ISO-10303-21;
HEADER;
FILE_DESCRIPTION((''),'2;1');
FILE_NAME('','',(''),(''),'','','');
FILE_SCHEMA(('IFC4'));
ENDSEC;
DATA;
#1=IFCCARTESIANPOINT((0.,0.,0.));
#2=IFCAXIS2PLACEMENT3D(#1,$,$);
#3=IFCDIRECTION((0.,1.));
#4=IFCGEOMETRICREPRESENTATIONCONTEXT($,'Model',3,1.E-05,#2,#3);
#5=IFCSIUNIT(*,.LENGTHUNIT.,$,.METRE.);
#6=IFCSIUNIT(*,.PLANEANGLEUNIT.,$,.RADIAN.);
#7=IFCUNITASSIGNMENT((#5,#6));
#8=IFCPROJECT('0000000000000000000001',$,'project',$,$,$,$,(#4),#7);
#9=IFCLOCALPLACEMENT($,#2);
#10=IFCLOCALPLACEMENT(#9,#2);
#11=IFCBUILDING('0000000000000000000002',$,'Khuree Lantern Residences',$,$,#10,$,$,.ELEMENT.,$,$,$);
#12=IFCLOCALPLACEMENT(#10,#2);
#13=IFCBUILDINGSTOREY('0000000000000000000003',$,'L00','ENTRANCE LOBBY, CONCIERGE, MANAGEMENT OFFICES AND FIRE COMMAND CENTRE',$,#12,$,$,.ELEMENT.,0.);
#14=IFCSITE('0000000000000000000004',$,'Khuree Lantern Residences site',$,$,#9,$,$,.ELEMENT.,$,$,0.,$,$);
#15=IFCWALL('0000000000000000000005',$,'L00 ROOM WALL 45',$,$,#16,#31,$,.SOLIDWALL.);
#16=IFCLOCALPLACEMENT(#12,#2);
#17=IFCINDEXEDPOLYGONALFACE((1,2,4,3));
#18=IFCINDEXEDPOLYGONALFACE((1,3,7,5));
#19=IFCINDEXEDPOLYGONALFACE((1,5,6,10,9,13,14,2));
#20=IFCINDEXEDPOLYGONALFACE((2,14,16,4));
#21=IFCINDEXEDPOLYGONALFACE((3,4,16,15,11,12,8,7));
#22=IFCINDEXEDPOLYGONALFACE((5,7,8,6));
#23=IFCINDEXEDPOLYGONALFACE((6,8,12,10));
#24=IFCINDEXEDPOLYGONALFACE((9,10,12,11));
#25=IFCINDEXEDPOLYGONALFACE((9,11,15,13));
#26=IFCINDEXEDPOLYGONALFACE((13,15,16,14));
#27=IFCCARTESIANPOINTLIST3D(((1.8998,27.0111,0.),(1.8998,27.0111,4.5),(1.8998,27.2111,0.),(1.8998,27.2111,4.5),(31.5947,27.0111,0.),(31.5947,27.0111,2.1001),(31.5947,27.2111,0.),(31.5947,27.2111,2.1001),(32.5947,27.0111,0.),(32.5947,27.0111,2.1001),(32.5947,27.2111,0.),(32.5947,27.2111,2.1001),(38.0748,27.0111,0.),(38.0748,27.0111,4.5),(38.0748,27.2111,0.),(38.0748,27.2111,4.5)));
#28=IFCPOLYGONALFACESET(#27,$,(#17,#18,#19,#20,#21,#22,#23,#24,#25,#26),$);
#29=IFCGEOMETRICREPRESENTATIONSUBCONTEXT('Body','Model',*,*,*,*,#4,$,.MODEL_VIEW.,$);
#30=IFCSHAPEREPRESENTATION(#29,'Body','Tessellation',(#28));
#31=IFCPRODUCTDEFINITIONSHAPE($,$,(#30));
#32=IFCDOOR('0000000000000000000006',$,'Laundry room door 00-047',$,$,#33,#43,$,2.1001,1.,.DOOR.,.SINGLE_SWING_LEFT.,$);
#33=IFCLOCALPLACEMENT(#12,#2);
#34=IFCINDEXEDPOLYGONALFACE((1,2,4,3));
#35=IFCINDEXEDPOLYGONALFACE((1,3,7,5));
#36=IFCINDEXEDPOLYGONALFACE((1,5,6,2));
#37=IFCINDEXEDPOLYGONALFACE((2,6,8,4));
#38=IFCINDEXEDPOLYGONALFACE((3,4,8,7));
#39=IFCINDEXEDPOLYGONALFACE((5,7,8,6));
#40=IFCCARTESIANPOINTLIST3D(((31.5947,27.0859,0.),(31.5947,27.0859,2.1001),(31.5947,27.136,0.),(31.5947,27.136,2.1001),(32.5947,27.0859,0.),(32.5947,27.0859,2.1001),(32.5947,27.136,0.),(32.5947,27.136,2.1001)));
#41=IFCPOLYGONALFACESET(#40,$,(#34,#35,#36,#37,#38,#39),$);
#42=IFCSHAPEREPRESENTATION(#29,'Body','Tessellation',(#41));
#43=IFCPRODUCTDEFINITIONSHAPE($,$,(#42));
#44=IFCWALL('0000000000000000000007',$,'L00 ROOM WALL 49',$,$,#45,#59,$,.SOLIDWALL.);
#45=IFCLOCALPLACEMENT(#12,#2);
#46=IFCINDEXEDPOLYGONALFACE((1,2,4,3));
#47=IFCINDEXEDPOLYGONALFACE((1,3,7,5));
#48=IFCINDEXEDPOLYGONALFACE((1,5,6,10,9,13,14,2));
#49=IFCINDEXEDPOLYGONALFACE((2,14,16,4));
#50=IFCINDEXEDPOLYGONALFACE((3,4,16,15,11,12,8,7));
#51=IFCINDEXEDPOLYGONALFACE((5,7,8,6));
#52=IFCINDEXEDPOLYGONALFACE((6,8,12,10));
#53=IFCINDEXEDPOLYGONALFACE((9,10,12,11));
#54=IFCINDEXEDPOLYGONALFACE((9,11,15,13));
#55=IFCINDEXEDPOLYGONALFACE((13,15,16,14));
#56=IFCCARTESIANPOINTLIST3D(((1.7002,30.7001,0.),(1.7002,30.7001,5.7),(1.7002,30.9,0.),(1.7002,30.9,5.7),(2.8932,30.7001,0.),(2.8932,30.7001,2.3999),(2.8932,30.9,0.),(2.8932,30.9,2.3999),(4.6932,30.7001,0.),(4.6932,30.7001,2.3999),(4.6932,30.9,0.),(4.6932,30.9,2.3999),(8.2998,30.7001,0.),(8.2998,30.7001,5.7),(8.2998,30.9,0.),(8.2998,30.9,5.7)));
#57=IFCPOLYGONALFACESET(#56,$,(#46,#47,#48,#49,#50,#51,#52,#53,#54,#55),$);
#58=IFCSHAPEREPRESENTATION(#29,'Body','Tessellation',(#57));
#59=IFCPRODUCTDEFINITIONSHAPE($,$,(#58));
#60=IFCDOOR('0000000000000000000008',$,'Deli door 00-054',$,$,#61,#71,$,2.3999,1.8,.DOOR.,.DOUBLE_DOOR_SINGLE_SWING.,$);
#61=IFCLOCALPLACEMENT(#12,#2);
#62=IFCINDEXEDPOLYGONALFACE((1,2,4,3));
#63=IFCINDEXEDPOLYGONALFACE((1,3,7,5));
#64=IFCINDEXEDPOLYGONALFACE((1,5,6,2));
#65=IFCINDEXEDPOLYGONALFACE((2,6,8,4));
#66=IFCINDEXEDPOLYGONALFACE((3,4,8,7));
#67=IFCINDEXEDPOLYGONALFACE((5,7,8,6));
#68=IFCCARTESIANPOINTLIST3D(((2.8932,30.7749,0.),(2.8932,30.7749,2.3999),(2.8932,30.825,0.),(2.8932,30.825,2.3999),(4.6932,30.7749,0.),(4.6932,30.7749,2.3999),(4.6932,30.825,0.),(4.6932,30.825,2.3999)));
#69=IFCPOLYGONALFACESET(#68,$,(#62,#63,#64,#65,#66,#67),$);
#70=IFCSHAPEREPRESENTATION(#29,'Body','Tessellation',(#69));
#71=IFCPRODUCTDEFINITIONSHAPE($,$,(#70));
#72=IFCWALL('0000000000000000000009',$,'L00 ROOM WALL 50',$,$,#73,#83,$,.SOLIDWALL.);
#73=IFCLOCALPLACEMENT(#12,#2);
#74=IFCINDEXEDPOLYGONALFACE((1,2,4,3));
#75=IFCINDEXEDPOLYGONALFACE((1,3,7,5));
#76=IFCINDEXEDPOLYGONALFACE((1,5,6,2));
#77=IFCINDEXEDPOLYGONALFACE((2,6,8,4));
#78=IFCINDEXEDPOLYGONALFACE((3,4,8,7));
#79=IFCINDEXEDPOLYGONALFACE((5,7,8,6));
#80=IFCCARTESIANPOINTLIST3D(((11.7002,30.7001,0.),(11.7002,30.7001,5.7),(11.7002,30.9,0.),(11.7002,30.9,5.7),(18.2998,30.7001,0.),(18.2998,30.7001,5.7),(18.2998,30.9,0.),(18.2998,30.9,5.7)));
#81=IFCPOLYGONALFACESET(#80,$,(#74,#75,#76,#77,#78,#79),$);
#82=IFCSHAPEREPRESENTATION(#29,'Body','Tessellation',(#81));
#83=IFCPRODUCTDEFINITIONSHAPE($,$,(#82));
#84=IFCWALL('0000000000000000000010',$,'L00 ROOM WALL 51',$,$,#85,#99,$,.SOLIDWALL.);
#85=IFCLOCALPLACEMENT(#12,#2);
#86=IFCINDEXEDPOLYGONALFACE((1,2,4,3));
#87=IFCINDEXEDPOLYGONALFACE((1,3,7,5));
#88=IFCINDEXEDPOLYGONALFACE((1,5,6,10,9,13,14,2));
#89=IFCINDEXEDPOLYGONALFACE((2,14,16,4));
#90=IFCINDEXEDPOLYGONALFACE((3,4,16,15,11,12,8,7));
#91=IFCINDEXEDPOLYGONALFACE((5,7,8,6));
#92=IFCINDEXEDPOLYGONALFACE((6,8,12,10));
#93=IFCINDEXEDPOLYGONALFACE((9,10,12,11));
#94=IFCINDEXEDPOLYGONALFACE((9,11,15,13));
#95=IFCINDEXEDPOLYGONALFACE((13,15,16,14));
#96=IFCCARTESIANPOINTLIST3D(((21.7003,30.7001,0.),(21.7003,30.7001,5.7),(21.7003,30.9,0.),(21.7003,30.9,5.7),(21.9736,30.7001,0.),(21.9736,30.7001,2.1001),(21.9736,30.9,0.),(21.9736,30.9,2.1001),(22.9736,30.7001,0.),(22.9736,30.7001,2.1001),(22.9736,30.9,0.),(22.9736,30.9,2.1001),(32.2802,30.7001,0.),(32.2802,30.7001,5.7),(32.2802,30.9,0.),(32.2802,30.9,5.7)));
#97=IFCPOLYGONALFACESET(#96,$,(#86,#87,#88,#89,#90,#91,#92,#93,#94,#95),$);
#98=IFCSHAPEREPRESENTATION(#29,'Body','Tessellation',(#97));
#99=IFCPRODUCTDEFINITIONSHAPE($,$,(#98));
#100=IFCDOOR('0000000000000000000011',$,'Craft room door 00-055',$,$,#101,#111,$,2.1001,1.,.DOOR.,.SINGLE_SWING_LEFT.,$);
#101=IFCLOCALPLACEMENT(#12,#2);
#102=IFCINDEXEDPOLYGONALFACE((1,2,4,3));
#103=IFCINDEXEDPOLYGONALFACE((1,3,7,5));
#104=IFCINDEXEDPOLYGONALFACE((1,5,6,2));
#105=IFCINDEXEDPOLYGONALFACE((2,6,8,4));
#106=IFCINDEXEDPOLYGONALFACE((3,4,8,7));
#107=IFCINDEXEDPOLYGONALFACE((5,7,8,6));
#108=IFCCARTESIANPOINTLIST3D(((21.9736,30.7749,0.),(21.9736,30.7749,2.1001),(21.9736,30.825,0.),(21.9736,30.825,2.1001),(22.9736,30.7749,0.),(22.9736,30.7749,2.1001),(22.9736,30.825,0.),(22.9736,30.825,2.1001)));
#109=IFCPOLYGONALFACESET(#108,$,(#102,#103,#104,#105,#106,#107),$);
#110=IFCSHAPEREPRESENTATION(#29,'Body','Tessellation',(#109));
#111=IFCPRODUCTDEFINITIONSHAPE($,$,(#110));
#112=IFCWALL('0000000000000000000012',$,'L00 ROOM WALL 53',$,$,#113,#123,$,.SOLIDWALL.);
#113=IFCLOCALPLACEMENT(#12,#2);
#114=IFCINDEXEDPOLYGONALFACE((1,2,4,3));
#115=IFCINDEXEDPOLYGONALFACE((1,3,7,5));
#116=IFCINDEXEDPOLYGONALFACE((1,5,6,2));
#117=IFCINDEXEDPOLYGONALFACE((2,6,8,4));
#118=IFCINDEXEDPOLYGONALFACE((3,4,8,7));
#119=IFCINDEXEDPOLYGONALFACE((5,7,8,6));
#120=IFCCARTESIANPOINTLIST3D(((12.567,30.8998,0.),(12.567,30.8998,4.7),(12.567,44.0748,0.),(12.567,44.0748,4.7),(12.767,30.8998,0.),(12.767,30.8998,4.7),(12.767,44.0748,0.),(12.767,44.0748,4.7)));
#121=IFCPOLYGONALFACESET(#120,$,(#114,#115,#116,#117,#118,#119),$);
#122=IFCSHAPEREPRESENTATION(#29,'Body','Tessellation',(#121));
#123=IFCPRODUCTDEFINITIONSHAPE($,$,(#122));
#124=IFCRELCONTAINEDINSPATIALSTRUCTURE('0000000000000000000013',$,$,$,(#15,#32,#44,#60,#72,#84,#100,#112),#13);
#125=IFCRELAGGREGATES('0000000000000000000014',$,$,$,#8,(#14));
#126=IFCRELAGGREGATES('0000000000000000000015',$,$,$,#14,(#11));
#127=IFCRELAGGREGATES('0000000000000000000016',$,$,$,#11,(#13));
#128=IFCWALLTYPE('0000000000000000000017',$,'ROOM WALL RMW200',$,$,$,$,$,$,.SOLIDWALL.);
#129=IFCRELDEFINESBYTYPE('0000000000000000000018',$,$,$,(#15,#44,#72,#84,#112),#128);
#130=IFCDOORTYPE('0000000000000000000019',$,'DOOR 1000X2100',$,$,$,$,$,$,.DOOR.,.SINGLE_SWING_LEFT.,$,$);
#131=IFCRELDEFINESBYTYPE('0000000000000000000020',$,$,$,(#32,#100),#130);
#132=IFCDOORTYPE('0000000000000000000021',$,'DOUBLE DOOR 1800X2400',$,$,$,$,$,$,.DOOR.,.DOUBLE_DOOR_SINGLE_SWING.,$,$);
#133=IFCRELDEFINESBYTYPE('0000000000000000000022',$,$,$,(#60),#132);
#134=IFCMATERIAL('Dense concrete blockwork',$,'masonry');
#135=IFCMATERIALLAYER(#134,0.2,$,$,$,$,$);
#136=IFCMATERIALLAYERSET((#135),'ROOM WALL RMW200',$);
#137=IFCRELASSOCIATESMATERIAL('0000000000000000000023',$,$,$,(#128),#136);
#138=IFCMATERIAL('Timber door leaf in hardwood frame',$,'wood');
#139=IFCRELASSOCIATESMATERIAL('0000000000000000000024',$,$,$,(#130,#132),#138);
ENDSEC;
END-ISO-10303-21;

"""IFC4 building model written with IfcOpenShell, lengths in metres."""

from ifc_helpers import new_model, si_unit, direction, frame, frame_2d, origin, place, context, subcontext, project, spatial, rectangle, extrude, material, layer, layer_set, type_object, element, fill, save


model = new_model("IFC4")

# Units and contexts
model_context = context("Model", 3, precision=1e-05, world=origin(), true_north=direction((0.0, 1.0)))
body_context = subcontext(model_context, "Body", "Model", "MODEL_VIEW")
ifc_project = project(units=[si_unit("LENGTHUNIT", "METRE"), si_unit("PLANEANGLEUNIT", "RADIAN")], contexts=[model_context])

# Site, building, storey
site_placement = place(None, origin())
site = spatial("IfcSite", under=ifc_project, at=site_placement, Name="Khuree Lantern Residences site", CompositionType="ELEMENT", RefElevation=0.0)
building_placement = place(site_placement, origin())
building = spatial("IfcBuilding", under=site, at=building_placement, Name="Khuree Lantern Residences", CompositionType="ELEMENT")
storey_placement = place(building_placement, origin())
storey = spatial("IfcBuildingStorey", under=building, at=storey_placement, Name="L00", Description="ENTRANCE LOBBY, CONCIERGE, MANAGEMENT OFFICES AND FIRE COMMAND CENTRE", CompositionType="ELEMENT", Elevation=0.0)

# Walls, openings, doors
ifc_material_1 = material(Name="Dense concrete blockwork", Category="masonry")
ifc_layer = layer(ifc_material_1, 0.2)
ifc_layer_set = layer_set([ifc_layer], Name="ROOM WALL RMW200")
wall_type = type_object("IfcWallType", Name="ROOM WALL RMW200", PredefinedType="SOLIDWALL", material=ifc_layer_set)
wall_1_placement = place(storey_placement, frame((1.8999, 27.1111, 0.0), z_axis=(0.0, 0.0, 1.0), x_axis=(1.0, 0.0, 0.0)))
wall_1 = element("IfcWall", 1, at=wall_1_placement, inside=storey, type_object=wall_type, Name="L00 ROOM WALL 45", PredefinedType="SOLIDWALL", context=body_context, shape_type="SweptSolid", body=[
    extrude(rectangle(XDim=36.175, YDim=0.2, at=frame_2d((18.0874, 0.0))), origin(), (0.0, 0.0, 1.0), 4.5),
])
opening_1_placement = place(wall_1_placement, frame((29.6948, 0.0, 0.0)))
opening_1 = element("IfcOpeningElement", 2, at=opening_1_placement, cuts=wall_1, PredefinedType="OPENING", context=body_context, shape_type="SweptSolid", body=[
    extrude(rectangle(XDim=1.0, YDim=2.1001, at=frame_2d((0.5, 1.05))), frame((0.0, 0.1099, 0.0), z_axis=(0.0, -1.0, 0.0), x_axis=(1.0, 0.0, 0.0)), (0.0, 0.0, 1.0), 0.22),
])
ifc_material_2 = material(Name="Timber door leaf in hardwood frame", Category="wood")
door_type_1 = type_object("IfcDoorType", Name="DOOR 1000X2100", OperationType="SINGLE_SWING_LEFT", PredefinedType="DOOR", material=ifc_material_2)
door_1_placement = place(opening_1_placement, origin())
door_1 = element("IfcDoor", 3, at=door_1_placement, inside=storey, type_object=door_type_1, Name="Laundry room door 00-047", OperationType="SINGLE_SWING_LEFT", OverallHeight=2.1001, OverallWidth=1.0, PredefinedType="DOOR", context=body_context, shape_type="SweptSolid", body=[
    extrude(rectangle(XDim=1.0, YDim=2.1001, at=frame_2d((0.5, 1.05))), frame((0.0, 0.0249, 0.0), z_axis=(0.0, -1.0, 0.0), x_axis=(1.0, 0.0, 0.0)), (0.0, 0.0, 1.0), 0.05),
])
fill(opening_1, door_1)
wall_2_placement = place(storey_placement, frame((1.7002, 30.8, 0.0), z_axis=(0.0, 0.0, 1.0), x_axis=(1.0, 0.0, 0.0)))
wall_2 = element("IfcWall", 4, at=wall_2_placement, inside=storey, type_object=wall_type, Name="L00 ROOM WALL 49", PredefinedType="SOLIDWALL", context=body_context, shape_type="SweptSolid", body=[
    extrude(rectangle(XDim=6.5996, YDim=0.2, at=frame_2d((3.2998, 0.0))), origin(), (0.0, 0.0, 1.0), 5.7),
])
opening_2_placement = place(wall_2_placement, frame((1.1931, 0.0, 0.0)))
opening_2 = element("IfcOpeningElement", 5, at=opening_2_placement, cuts=wall_2, PredefinedType="OPENING", context=body_context, shape_type="SweptSolid", body=[
    extrude(rectangle(XDim=1.8, YDim=2.3999, at=frame_2d((0.8999, 1.2))), frame((0.0, 0.1099, 0.0), z_axis=(0.0, -1.0, 0.0), x_axis=(1.0, 0.0, 0.0)), (0.0, 0.0, 1.0), 0.22),
])
door_type_2 = type_object("IfcDoorType", Name="DOUBLE DOOR 1800X2400", OperationType="DOUBLE_DOOR_SINGLE_SWING", PredefinedType="DOOR", material=ifc_material_2)
door_2_placement = place(opening_2_placement, origin())
door_2 = element("IfcDoor", 6, at=door_2_placement, inside=storey, type_object=door_type_2, Name="Deli door 00-054", OperationType="DOUBLE_DOOR_SINGLE_SWING", OverallHeight=2.3999, OverallWidth=1.8, PredefinedType="DOOR", context=body_context, shape_type="SweptSolid", body=[
    extrude(rectangle(XDim=1.8, YDim=2.3999, at=frame_2d((0.8999, 1.2))), frame((0.0, 0.0249, 0.0), z_axis=(0.0, -1.0, 0.0), x_axis=(1.0, 0.0, 0.0)), (0.0, 0.0, 1.0), 0.05),
])
fill(opening_2, door_2)

# Wall
wall_3_placement = place(storey_placement, frame((11.7002, 30.8, 0.0), z_axis=(0.0, 0.0, 1.0), x_axis=(1.0, 0.0, 0.0)))
element("IfcWall", 7, at=wall_3_placement, inside=storey, type_object=wall_type, Name="L00 ROOM WALL 50", PredefinedType="SOLIDWALL", context=body_context, shape_type="SweptSolid", body=[
    extrude(rectangle(XDim=6.5996, YDim=0.2, at=frame_2d((3.2998, 0.0))), origin(), (0.0, 0.0, 1.0), 5.7),
])

# Wall, opening, door
wall_4_placement = place(storey_placement, frame((21.7002, 30.8, 0.0), z_axis=(0.0, 0.0, 1.0), x_axis=(1.0, 0.0, 0.0)))
wall_4 = element("IfcWall", 8, at=wall_4_placement, inside=storey, type_object=wall_type, Name="L00 ROOM WALL 51", PredefinedType="SOLIDWALL", context=body_context, shape_type="SweptSolid", body=[
    extrude(rectangle(XDim=10.5798, YDim=0.2, at=frame_2d((5.29, 0.0))), origin(), (0.0, 0.0, 1.0), 5.7),
])
opening_3_placement = place(wall_4_placement, frame((0.2734, 0.0, 0.0)))
opening_3 = element("IfcOpeningElement", 9, at=opening_3_placement, cuts=wall_4, PredefinedType="OPENING", context=body_context, shape_type="SweptSolid", body=[
    extrude(rectangle(XDim=1.0, YDim=2.1001, at=frame_2d((0.5, 1.05))), frame((0.0, 0.1099, 0.0), z_axis=(0.0, -1.0, 0.0), x_axis=(1.0, 0.0, 0.0)), (0.0, 0.0, 1.0), 0.22),
])
door_3_placement = place(opening_3_placement, origin())
door_3 = element("IfcDoor", 10, at=door_3_placement, inside=storey, type_object=door_type_1, Name="Craft room door 00-055", OperationType="SINGLE_SWING_LEFT", OverallHeight=2.1001, OverallWidth=1.0, PredefinedType="DOOR", context=body_context, shape_type="SweptSolid", body=[
    extrude(rectangle(XDim=1.0, YDim=2.1001, at=frame_2d((0.5, 1.05))), frame((0.0, 0.0249, 0.0), z_axis=(0.0, -1.0, 0.0), x_axis=(1.0, 0.0, 0.0)), (0.0, 0.0, 1.0), 0.05),
])
fill(opening_3, door_3)

# Wall
wall_5_placement = place(storey_placement, frame((12.667, 30.8999, 0.0), z_axis=(0.0, 0.0, 1.0), x_axis=(0.0, 1.0, 0.0)))
element("IfcWall", 11, at=wall_5_placement, inside=storey, type_object=wall_type, Name="L00 ROOM WALL 53", PredefinedType="SOLIDWALL", context=body_context, shape_type="SweptSolid", body=[
    extrude(rectangle(XDim=13.175, YDim=0.2, at=frame_2d((6.5874, 0.0))), origin(), (0.0, 0.0, 1.0), 4.7),
])

save(model, "model.ifc")
